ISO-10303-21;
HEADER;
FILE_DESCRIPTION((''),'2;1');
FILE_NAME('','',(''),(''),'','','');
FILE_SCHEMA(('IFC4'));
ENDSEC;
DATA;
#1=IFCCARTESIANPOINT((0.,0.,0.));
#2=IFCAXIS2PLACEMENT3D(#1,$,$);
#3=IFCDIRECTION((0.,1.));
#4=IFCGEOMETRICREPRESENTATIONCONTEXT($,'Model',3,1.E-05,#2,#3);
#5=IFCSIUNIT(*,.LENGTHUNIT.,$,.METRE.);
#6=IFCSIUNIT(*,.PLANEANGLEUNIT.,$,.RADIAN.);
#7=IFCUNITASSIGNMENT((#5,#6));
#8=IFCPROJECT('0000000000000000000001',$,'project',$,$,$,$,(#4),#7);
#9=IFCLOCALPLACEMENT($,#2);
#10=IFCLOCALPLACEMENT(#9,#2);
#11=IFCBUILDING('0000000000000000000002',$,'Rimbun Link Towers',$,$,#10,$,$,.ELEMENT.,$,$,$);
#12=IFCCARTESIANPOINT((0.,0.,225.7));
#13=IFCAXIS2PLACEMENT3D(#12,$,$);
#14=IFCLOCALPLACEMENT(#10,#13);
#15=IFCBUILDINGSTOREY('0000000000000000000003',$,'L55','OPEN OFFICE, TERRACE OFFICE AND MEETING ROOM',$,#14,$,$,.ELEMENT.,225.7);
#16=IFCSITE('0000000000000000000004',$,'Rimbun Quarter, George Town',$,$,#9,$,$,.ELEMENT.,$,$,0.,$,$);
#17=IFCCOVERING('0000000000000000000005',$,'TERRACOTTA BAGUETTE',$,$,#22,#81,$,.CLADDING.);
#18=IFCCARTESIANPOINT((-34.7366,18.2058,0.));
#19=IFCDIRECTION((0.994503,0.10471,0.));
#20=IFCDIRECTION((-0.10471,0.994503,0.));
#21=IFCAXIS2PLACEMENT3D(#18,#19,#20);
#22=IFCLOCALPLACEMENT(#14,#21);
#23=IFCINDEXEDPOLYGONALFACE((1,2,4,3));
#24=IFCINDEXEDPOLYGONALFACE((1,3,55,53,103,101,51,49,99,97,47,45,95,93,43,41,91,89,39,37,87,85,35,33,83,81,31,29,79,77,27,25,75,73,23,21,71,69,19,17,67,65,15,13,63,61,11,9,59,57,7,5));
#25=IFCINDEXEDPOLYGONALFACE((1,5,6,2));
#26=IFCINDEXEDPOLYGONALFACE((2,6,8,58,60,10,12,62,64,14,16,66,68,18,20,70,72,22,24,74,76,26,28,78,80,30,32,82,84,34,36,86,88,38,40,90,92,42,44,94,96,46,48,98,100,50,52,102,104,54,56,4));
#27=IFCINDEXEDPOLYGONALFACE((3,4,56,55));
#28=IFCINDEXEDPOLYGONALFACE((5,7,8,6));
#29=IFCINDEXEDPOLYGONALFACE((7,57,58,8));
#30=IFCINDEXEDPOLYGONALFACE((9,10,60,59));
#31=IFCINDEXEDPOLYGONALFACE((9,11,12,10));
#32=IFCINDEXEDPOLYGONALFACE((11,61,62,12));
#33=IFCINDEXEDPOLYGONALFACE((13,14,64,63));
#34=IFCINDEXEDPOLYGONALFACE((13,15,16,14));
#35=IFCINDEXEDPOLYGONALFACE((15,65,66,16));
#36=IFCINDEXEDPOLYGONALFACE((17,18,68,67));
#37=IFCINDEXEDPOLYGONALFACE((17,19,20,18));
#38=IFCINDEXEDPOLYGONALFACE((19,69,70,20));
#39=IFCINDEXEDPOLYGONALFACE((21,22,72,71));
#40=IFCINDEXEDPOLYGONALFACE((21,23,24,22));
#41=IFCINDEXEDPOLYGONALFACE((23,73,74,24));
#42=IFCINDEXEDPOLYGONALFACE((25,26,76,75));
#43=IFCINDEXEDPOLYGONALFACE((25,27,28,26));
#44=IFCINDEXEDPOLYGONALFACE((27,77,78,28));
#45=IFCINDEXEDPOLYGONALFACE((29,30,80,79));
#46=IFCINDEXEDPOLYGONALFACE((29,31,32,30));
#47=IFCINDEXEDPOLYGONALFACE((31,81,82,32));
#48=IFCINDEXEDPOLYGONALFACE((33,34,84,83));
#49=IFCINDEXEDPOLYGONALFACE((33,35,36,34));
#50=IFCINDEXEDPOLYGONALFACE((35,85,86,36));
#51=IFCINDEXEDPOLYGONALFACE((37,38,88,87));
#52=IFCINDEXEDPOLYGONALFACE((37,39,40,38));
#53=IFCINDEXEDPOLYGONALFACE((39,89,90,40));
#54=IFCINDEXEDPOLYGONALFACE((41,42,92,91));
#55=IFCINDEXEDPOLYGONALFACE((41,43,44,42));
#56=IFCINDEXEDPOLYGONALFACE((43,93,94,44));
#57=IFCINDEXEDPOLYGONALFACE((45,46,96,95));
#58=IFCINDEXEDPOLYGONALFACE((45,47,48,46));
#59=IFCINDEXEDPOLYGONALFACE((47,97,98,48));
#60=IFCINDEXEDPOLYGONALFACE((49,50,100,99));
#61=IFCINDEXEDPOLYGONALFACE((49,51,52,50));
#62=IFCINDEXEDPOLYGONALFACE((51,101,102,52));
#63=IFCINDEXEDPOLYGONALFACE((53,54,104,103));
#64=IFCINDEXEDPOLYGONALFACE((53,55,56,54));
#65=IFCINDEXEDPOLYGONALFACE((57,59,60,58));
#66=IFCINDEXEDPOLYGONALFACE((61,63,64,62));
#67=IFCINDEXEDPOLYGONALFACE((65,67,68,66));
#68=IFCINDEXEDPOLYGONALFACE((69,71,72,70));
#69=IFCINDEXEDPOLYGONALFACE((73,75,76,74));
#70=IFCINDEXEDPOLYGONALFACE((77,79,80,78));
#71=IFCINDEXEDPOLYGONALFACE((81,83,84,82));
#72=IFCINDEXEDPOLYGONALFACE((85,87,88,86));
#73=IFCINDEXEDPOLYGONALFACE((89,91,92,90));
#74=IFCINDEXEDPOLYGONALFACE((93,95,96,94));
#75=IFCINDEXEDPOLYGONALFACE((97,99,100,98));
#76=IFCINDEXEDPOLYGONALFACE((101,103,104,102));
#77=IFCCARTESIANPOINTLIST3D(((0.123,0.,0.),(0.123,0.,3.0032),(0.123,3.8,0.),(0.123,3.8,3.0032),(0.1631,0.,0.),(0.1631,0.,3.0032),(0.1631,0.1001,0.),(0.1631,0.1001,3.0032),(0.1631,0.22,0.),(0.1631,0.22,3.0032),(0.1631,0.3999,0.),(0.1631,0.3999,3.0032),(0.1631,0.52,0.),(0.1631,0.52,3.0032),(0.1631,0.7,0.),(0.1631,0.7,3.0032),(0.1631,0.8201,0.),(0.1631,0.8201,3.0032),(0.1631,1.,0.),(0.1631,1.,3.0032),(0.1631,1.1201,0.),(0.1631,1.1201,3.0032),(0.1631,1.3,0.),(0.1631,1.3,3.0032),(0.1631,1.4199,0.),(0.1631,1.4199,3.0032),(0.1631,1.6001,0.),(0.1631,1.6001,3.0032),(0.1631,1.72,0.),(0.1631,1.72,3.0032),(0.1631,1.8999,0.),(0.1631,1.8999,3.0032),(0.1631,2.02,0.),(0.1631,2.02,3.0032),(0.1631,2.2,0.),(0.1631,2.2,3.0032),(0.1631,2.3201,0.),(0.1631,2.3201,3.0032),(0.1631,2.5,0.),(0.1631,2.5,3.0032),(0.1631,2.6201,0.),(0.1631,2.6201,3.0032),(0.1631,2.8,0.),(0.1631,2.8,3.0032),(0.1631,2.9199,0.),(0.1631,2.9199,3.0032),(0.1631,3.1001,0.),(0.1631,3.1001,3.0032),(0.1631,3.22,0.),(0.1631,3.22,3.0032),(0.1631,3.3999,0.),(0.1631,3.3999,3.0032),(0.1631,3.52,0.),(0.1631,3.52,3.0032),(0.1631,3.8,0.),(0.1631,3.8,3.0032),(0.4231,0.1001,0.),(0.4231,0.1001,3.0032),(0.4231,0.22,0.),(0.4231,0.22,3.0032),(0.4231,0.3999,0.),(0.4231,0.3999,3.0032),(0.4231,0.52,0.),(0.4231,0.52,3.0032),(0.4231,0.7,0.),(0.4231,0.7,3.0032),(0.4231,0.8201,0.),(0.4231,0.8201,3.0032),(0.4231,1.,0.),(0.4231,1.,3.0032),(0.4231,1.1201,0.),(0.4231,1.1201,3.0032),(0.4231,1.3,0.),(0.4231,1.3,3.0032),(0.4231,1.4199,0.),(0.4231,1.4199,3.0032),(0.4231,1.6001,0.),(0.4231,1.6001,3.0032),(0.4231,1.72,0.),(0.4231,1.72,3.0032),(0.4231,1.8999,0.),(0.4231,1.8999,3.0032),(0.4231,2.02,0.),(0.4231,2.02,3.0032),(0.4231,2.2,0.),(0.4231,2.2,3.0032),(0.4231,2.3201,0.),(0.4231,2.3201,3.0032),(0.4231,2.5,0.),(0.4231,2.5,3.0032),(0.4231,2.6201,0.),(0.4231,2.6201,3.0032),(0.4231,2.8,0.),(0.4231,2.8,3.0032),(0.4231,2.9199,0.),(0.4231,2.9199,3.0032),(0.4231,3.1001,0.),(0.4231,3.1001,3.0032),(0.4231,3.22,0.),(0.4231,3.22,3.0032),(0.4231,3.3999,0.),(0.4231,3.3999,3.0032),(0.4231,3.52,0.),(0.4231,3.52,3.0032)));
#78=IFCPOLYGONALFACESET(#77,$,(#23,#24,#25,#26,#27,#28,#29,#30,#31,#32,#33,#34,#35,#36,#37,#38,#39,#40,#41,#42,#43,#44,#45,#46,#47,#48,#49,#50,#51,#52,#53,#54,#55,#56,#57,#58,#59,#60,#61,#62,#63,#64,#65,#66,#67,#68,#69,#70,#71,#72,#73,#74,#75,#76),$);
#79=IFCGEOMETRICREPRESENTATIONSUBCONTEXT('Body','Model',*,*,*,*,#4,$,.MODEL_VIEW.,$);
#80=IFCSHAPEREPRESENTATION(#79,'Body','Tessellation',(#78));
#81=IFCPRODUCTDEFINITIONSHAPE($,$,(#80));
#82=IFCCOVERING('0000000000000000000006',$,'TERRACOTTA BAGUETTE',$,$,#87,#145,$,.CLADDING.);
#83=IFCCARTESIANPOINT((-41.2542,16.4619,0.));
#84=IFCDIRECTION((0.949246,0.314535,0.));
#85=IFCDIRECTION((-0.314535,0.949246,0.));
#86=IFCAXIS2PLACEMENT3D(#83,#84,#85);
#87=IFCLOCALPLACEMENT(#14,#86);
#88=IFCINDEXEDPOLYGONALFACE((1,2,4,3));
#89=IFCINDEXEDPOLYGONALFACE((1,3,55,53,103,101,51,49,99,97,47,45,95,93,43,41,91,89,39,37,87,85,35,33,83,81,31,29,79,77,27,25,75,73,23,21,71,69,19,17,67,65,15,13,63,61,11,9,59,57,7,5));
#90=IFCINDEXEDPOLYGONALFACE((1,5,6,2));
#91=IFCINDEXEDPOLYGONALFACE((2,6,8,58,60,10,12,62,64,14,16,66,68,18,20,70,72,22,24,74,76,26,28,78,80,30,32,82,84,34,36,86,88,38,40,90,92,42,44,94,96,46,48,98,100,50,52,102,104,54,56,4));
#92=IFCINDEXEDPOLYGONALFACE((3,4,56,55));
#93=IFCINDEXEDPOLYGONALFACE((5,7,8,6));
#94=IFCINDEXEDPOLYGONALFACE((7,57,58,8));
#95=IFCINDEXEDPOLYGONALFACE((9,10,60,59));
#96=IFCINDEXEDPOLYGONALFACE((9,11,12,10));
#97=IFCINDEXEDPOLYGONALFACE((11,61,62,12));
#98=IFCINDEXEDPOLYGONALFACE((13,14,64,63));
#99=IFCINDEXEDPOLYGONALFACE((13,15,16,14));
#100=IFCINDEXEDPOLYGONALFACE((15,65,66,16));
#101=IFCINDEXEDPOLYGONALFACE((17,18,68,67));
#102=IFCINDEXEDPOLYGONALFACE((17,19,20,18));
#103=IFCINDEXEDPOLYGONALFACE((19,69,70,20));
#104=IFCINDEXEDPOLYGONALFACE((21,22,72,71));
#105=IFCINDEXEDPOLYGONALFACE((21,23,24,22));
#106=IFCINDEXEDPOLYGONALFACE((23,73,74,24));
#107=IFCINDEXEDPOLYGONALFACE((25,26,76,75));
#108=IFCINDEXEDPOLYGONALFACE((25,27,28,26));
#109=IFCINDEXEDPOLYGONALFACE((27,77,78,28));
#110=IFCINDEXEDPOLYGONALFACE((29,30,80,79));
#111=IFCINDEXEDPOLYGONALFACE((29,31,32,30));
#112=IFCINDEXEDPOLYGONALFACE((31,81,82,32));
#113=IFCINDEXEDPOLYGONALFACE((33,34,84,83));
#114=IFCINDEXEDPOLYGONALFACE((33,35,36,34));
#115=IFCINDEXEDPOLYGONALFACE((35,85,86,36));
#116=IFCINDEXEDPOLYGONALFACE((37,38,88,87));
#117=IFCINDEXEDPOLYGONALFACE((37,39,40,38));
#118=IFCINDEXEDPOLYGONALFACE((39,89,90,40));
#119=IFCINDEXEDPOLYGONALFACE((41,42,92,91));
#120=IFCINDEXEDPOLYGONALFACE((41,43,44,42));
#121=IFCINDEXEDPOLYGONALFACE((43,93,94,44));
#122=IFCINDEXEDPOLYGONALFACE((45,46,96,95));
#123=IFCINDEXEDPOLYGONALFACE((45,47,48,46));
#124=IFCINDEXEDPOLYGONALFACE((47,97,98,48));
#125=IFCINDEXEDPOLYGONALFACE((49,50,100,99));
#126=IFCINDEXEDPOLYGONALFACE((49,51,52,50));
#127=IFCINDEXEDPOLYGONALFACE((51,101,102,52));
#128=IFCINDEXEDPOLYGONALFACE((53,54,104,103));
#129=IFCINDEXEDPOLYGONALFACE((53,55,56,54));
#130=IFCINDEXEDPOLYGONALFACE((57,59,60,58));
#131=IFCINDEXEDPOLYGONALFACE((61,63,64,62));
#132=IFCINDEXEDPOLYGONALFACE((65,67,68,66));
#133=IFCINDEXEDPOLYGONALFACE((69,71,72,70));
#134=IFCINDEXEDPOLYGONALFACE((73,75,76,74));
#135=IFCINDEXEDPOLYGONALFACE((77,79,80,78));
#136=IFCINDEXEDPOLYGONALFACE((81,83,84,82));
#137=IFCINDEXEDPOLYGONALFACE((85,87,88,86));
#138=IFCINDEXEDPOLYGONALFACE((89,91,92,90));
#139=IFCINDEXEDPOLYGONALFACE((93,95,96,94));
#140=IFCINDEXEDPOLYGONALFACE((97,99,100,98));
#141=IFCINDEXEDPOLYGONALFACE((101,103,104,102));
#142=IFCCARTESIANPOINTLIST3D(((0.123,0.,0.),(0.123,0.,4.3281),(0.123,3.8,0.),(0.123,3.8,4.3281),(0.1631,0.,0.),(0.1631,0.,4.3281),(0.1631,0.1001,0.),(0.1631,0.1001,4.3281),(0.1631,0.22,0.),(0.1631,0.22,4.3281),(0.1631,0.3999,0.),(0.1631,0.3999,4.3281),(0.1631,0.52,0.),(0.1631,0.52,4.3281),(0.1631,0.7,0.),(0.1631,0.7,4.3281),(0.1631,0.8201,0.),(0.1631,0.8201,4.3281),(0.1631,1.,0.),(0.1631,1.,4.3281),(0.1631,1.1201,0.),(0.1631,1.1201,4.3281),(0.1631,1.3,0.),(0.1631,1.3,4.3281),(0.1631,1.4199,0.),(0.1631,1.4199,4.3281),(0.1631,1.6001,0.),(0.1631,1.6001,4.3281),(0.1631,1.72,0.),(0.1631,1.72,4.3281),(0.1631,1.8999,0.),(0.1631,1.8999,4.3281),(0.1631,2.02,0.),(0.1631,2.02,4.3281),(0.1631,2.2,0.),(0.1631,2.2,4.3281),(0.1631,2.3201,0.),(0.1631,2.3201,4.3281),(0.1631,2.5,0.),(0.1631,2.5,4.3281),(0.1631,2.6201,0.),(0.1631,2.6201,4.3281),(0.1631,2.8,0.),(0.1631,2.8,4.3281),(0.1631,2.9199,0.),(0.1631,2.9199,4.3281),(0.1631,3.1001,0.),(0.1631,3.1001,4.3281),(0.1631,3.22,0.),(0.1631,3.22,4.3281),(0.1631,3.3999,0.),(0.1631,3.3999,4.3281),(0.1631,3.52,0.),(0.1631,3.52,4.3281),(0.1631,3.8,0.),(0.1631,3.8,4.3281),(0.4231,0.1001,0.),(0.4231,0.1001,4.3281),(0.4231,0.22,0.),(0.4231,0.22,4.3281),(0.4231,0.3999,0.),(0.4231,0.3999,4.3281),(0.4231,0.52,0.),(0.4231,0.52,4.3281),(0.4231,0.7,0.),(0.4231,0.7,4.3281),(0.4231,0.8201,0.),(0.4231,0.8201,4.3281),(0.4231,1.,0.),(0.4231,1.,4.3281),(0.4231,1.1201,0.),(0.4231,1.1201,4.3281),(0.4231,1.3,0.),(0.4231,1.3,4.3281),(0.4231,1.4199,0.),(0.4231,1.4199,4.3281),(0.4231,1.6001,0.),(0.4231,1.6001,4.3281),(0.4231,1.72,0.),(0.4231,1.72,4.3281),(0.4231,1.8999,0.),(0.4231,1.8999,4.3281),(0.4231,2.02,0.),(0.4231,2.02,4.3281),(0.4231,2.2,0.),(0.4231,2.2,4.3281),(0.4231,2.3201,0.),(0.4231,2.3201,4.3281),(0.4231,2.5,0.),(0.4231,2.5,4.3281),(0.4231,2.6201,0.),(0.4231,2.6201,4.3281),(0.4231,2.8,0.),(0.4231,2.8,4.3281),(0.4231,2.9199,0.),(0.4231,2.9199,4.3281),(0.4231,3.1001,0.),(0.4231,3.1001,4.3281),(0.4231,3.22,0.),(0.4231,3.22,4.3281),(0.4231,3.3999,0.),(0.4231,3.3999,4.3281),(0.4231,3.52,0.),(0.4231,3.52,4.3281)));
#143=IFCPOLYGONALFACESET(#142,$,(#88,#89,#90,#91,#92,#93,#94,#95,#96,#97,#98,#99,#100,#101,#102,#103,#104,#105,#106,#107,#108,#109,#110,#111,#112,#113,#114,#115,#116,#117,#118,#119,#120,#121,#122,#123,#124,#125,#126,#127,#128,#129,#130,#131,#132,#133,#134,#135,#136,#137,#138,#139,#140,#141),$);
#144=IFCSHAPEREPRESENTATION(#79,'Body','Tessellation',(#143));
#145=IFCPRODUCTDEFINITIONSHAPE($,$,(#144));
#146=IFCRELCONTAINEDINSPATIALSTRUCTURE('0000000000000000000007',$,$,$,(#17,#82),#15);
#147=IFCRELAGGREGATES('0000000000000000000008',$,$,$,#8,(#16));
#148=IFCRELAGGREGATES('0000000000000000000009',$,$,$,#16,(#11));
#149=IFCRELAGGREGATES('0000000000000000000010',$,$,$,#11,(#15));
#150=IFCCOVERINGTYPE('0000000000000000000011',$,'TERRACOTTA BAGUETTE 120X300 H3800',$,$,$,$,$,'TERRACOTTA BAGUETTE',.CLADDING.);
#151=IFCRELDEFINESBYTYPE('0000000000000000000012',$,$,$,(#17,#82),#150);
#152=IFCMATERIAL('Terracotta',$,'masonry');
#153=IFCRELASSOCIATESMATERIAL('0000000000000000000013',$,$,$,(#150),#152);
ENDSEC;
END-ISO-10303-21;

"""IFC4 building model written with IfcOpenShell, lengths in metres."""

from ifc_helpers import new_model, si_unit, direction, frame, origin, place, context, subcontext, project, spatial, polyline, outline, extrude, material, material_profile, profile_set, type_object, element, save


model = new_model("IFC4")

# Units and contexts
model_context = context("Model", 3, precision=1e-05, world=origin(), true_north=direction((0.0, 1.0)))
body_context = subcontext(model_context, "Body", "Model", "MODEL_VIEW")
ifc_project = project(units=[si_unit("LENGTHUNIT", "METRE"), si_unit("PLANEANGLEUNIT", "RADIAN")], contexts=[model_context])

# Site, building, storey
site_placement = place(None, origin())
site = spatial("IfcSite", under=ifc_project, at=site_placement, Name="Rimbun Quarter, George Town", CompositionType="ELEMENT", RefElevation=0.0)
building_placement = place(site_placement, origin())
building = spatial("IfcBuilding", under=site, at=building_placement, Name="Rimbun Link Towers", CompositionType="ELEMENT")
storey_placement = place(building_placement, frame((0.0, 0.0, 225.7)))
storey = spatial("IfcBuildingStorey", under=building, at=storey_placement, Name="L55", Description="OPEN OFFICE, TERRACE OFFICE AND MEETING ROOM", CompositionType="ELEMENT", Elevation=225.7)

# Coverings
ifc_material_1 = material(Name="Terracotta", Category="masonry")
ifc_material_profile_1 = material_profile(ifc_material_1, outline(polyline([(0.123, 0.0), (0.1631, 0.0), (0.1631, 0.1001), (0.4231, 0.1001), (0.4231, 0.22), (0.1631, 0.22), (0.1631, 0.3999), (0.4231, 0.3999), (0.4231, 0.52), (0.1631, 0.52), (0.1631, 0.7), (0.4231, 0.7), (0.4231, 0.8201), (0.1631, 0.8201), (0.1631, 1.0), (0.4231, 1.0), (0.4231, 1.1201), (0.1631, 1.1201), (0.1631, 1.3), (0.4231, 1.3), (0.4231, 1.4199), (0.1631, 1.4199), (0.1631, 1.6001), (0.4231, 1.6001), (0.4231, 1.72), (0.1631, 1.72), (0.1631, 1.8999), (0.4231, 1.8999), (0.4231, 2.02), (0.1631, 2.02), (0.1631, 2.2), (0.4231, 2.2), (0.4231, 2.3201), (0.1631, 2.3201), (0.1631, 2.5), (0.4231, 2.5), (0.4231, 2.6201), (0.1631, 2.6201), (0.1631, 2.8), (0.4231, 2.8), (0.4231, 2.9199), (0.1631, 2.9199), (0.1631, 3.1001), (0.4231, 3.1001), (0.4231, 3.22), (0.1631, 3.22), (0.1631, 3.3999), (0.4231, 3.3999), (0.4231, 3.52), (0.1631, 3.52), (0.1631, 3.8), (0.123, 3.8), (0.123, 0.0)])), Name="BAGUETTE 120X300")
ifc_profile_set_1 = profile_set([ifc_material_profile_1], Name="Terracotta")
covering_type = type_object("IfcCoveringType", Name="TERRACOTTA BAGUETTE 120X300 H3800", ElementType="TERRACOTTA BAGUETTE", PredefinedType="CLADDING", material=ifc_profile_set_1)
for number, where, z_axis, x_axis, name in (
    (1, (-34.7366, 18.2058, 0.0), (0.994503, 0.10471, 0.0), (-0.10471, 0.994503, 0.0), "TERRACOTTA BAGUETTE"),
):
    element("IfcCovering", number, at=place(storey_placement, frame(where, z_axis=z_axis, x_axis=x_axis)), inside=storey, type_object=covering_type, Name=name, PredefinedType="CLADDING", context=body_context, shape_type="SweptSolid", body=[
        extrude(outline(polyline([(0.123, 0.0), (0.1631, 0.0), (0.1631, 0.1001), (0.4231, 0.1001), (0.4231, 0.22), (0.1631, 0.22), (0.1631, 0.3999), (0.4231, 0.3999), (0.4231, 0.52), (0.1631, 0.52), (0.1631, 0.7), (0.4231, 0.7), (0.4231, 0.8201), (0.1631, 0.8201), (0.1631, 1.0), (0.4231, 1.0), (0.4231, 1.1201), (0.1631, 1.1201), (0.1631, 1.3), (0.4231, 1.3), (0.4231, 1.4199), (0.1631, 1.4199), (0.1631, 1.6001), (0.4231, 1.6001), (0.4231, 1.72), (0.1631, 1.72), (0.1631, 1.8999), (0.4231, 1.8999), (0.4231, 2.02), (0.1631, 2.02), (0.1631, 2.2), (0.4231, 2.2), (0.4231, 2.3201), (0.1631, 2.3201), (0.1631, 2.5), (0.4231, 2.5), (0.4231, 2.6201), (0.1631, 2.6201), (0.1631, 2.8), (0.4231, 2.8), (0.4231, 2.9199), (0.1631, 2.9199), (0.1631, 3.1001), (0.4231, 3.1001), (0.4231, 3.22), (0.1631, 3.22), (0.1631, 3.3999), (0.4231, 3.3999), (0.4231, 3.52), (0.1631, 3.52), (0.1631, 3.8), (0.123, 3.8), (0.123, 0.0)])), origin(), (0.0, 0.0, 1.0), 3.0032),
    ])
covering_placement = place(storey_placement, frame((-41.2542, 16.4619, 0.0), z_axis=(0.949246, 0.314535, 0.0), x_axis=(-0.314535, 0.949246, 0.0)))
element("IfcCovering", 2, at=covering_placement, inside=storey, type_object=covering_type, Name="TERRACOTTA BAGUETTE", PredefinedType="CLADDING", context=body_context, shape_type="SweptSolid", body=[
    extrude(outline(polyline([(0.123, 0.0), (0.1631, 0.0), (0.1631, 0.1001), (0.4231, 0.1001), (0.4231, 0.22), (0.1631, 0.22), (0.1631, 0.3999), (0.4231, 0.3999), (0.4231, 0.52), (0.1631, 0.52), (0.1631, 0.7), (0.4231, 0.7), (0.4231, 0.8201), (0.1631, 0.8201), (0.1631, 1.0), (0.4231, 1.0), (0.4231, 1.1201), (0.1631, 1.1201), (0.1631, 1.3), (0.4231, 1.3), (0.4231, 1.4199), (0.1631, 1.4199), (0.1631, 1.6001), (0.4231, 1.6001), (0.4231, 1.72), (0.1631, 1.72), (0.1631, 1.8999), (0.4231, 1.8999), (0.4231, 2.02), (0.1631, 2.02), (0.1631, 2.2), (0.4231, 2.2), (0.4231, 2.3201), (0.1631, 2.3201), (0.1631, 2.5), (0.4231, 2.5), (0.4231, 2.6201), (0.1631, 2.6201), (0.1631, 2.8), (0.4231, 2.8), (0.4231, 2.9199), (0.1631, 2.9199), (0.1631, 3.1001), (0.4231, 3.1001), (0.4231, 3.22), (0.1631, 3.22), (0.1631, 3.3999), (0.4231, 3.3999), (0.4231, 3.52), (0.1631, 3.52), (0.1631, 3.8), (0.123, 3.8), (0.123, 0.0)])), origin(), (0.0, 0.0, 1.0), 4.3281),
])

save(model, "model.ifc")
